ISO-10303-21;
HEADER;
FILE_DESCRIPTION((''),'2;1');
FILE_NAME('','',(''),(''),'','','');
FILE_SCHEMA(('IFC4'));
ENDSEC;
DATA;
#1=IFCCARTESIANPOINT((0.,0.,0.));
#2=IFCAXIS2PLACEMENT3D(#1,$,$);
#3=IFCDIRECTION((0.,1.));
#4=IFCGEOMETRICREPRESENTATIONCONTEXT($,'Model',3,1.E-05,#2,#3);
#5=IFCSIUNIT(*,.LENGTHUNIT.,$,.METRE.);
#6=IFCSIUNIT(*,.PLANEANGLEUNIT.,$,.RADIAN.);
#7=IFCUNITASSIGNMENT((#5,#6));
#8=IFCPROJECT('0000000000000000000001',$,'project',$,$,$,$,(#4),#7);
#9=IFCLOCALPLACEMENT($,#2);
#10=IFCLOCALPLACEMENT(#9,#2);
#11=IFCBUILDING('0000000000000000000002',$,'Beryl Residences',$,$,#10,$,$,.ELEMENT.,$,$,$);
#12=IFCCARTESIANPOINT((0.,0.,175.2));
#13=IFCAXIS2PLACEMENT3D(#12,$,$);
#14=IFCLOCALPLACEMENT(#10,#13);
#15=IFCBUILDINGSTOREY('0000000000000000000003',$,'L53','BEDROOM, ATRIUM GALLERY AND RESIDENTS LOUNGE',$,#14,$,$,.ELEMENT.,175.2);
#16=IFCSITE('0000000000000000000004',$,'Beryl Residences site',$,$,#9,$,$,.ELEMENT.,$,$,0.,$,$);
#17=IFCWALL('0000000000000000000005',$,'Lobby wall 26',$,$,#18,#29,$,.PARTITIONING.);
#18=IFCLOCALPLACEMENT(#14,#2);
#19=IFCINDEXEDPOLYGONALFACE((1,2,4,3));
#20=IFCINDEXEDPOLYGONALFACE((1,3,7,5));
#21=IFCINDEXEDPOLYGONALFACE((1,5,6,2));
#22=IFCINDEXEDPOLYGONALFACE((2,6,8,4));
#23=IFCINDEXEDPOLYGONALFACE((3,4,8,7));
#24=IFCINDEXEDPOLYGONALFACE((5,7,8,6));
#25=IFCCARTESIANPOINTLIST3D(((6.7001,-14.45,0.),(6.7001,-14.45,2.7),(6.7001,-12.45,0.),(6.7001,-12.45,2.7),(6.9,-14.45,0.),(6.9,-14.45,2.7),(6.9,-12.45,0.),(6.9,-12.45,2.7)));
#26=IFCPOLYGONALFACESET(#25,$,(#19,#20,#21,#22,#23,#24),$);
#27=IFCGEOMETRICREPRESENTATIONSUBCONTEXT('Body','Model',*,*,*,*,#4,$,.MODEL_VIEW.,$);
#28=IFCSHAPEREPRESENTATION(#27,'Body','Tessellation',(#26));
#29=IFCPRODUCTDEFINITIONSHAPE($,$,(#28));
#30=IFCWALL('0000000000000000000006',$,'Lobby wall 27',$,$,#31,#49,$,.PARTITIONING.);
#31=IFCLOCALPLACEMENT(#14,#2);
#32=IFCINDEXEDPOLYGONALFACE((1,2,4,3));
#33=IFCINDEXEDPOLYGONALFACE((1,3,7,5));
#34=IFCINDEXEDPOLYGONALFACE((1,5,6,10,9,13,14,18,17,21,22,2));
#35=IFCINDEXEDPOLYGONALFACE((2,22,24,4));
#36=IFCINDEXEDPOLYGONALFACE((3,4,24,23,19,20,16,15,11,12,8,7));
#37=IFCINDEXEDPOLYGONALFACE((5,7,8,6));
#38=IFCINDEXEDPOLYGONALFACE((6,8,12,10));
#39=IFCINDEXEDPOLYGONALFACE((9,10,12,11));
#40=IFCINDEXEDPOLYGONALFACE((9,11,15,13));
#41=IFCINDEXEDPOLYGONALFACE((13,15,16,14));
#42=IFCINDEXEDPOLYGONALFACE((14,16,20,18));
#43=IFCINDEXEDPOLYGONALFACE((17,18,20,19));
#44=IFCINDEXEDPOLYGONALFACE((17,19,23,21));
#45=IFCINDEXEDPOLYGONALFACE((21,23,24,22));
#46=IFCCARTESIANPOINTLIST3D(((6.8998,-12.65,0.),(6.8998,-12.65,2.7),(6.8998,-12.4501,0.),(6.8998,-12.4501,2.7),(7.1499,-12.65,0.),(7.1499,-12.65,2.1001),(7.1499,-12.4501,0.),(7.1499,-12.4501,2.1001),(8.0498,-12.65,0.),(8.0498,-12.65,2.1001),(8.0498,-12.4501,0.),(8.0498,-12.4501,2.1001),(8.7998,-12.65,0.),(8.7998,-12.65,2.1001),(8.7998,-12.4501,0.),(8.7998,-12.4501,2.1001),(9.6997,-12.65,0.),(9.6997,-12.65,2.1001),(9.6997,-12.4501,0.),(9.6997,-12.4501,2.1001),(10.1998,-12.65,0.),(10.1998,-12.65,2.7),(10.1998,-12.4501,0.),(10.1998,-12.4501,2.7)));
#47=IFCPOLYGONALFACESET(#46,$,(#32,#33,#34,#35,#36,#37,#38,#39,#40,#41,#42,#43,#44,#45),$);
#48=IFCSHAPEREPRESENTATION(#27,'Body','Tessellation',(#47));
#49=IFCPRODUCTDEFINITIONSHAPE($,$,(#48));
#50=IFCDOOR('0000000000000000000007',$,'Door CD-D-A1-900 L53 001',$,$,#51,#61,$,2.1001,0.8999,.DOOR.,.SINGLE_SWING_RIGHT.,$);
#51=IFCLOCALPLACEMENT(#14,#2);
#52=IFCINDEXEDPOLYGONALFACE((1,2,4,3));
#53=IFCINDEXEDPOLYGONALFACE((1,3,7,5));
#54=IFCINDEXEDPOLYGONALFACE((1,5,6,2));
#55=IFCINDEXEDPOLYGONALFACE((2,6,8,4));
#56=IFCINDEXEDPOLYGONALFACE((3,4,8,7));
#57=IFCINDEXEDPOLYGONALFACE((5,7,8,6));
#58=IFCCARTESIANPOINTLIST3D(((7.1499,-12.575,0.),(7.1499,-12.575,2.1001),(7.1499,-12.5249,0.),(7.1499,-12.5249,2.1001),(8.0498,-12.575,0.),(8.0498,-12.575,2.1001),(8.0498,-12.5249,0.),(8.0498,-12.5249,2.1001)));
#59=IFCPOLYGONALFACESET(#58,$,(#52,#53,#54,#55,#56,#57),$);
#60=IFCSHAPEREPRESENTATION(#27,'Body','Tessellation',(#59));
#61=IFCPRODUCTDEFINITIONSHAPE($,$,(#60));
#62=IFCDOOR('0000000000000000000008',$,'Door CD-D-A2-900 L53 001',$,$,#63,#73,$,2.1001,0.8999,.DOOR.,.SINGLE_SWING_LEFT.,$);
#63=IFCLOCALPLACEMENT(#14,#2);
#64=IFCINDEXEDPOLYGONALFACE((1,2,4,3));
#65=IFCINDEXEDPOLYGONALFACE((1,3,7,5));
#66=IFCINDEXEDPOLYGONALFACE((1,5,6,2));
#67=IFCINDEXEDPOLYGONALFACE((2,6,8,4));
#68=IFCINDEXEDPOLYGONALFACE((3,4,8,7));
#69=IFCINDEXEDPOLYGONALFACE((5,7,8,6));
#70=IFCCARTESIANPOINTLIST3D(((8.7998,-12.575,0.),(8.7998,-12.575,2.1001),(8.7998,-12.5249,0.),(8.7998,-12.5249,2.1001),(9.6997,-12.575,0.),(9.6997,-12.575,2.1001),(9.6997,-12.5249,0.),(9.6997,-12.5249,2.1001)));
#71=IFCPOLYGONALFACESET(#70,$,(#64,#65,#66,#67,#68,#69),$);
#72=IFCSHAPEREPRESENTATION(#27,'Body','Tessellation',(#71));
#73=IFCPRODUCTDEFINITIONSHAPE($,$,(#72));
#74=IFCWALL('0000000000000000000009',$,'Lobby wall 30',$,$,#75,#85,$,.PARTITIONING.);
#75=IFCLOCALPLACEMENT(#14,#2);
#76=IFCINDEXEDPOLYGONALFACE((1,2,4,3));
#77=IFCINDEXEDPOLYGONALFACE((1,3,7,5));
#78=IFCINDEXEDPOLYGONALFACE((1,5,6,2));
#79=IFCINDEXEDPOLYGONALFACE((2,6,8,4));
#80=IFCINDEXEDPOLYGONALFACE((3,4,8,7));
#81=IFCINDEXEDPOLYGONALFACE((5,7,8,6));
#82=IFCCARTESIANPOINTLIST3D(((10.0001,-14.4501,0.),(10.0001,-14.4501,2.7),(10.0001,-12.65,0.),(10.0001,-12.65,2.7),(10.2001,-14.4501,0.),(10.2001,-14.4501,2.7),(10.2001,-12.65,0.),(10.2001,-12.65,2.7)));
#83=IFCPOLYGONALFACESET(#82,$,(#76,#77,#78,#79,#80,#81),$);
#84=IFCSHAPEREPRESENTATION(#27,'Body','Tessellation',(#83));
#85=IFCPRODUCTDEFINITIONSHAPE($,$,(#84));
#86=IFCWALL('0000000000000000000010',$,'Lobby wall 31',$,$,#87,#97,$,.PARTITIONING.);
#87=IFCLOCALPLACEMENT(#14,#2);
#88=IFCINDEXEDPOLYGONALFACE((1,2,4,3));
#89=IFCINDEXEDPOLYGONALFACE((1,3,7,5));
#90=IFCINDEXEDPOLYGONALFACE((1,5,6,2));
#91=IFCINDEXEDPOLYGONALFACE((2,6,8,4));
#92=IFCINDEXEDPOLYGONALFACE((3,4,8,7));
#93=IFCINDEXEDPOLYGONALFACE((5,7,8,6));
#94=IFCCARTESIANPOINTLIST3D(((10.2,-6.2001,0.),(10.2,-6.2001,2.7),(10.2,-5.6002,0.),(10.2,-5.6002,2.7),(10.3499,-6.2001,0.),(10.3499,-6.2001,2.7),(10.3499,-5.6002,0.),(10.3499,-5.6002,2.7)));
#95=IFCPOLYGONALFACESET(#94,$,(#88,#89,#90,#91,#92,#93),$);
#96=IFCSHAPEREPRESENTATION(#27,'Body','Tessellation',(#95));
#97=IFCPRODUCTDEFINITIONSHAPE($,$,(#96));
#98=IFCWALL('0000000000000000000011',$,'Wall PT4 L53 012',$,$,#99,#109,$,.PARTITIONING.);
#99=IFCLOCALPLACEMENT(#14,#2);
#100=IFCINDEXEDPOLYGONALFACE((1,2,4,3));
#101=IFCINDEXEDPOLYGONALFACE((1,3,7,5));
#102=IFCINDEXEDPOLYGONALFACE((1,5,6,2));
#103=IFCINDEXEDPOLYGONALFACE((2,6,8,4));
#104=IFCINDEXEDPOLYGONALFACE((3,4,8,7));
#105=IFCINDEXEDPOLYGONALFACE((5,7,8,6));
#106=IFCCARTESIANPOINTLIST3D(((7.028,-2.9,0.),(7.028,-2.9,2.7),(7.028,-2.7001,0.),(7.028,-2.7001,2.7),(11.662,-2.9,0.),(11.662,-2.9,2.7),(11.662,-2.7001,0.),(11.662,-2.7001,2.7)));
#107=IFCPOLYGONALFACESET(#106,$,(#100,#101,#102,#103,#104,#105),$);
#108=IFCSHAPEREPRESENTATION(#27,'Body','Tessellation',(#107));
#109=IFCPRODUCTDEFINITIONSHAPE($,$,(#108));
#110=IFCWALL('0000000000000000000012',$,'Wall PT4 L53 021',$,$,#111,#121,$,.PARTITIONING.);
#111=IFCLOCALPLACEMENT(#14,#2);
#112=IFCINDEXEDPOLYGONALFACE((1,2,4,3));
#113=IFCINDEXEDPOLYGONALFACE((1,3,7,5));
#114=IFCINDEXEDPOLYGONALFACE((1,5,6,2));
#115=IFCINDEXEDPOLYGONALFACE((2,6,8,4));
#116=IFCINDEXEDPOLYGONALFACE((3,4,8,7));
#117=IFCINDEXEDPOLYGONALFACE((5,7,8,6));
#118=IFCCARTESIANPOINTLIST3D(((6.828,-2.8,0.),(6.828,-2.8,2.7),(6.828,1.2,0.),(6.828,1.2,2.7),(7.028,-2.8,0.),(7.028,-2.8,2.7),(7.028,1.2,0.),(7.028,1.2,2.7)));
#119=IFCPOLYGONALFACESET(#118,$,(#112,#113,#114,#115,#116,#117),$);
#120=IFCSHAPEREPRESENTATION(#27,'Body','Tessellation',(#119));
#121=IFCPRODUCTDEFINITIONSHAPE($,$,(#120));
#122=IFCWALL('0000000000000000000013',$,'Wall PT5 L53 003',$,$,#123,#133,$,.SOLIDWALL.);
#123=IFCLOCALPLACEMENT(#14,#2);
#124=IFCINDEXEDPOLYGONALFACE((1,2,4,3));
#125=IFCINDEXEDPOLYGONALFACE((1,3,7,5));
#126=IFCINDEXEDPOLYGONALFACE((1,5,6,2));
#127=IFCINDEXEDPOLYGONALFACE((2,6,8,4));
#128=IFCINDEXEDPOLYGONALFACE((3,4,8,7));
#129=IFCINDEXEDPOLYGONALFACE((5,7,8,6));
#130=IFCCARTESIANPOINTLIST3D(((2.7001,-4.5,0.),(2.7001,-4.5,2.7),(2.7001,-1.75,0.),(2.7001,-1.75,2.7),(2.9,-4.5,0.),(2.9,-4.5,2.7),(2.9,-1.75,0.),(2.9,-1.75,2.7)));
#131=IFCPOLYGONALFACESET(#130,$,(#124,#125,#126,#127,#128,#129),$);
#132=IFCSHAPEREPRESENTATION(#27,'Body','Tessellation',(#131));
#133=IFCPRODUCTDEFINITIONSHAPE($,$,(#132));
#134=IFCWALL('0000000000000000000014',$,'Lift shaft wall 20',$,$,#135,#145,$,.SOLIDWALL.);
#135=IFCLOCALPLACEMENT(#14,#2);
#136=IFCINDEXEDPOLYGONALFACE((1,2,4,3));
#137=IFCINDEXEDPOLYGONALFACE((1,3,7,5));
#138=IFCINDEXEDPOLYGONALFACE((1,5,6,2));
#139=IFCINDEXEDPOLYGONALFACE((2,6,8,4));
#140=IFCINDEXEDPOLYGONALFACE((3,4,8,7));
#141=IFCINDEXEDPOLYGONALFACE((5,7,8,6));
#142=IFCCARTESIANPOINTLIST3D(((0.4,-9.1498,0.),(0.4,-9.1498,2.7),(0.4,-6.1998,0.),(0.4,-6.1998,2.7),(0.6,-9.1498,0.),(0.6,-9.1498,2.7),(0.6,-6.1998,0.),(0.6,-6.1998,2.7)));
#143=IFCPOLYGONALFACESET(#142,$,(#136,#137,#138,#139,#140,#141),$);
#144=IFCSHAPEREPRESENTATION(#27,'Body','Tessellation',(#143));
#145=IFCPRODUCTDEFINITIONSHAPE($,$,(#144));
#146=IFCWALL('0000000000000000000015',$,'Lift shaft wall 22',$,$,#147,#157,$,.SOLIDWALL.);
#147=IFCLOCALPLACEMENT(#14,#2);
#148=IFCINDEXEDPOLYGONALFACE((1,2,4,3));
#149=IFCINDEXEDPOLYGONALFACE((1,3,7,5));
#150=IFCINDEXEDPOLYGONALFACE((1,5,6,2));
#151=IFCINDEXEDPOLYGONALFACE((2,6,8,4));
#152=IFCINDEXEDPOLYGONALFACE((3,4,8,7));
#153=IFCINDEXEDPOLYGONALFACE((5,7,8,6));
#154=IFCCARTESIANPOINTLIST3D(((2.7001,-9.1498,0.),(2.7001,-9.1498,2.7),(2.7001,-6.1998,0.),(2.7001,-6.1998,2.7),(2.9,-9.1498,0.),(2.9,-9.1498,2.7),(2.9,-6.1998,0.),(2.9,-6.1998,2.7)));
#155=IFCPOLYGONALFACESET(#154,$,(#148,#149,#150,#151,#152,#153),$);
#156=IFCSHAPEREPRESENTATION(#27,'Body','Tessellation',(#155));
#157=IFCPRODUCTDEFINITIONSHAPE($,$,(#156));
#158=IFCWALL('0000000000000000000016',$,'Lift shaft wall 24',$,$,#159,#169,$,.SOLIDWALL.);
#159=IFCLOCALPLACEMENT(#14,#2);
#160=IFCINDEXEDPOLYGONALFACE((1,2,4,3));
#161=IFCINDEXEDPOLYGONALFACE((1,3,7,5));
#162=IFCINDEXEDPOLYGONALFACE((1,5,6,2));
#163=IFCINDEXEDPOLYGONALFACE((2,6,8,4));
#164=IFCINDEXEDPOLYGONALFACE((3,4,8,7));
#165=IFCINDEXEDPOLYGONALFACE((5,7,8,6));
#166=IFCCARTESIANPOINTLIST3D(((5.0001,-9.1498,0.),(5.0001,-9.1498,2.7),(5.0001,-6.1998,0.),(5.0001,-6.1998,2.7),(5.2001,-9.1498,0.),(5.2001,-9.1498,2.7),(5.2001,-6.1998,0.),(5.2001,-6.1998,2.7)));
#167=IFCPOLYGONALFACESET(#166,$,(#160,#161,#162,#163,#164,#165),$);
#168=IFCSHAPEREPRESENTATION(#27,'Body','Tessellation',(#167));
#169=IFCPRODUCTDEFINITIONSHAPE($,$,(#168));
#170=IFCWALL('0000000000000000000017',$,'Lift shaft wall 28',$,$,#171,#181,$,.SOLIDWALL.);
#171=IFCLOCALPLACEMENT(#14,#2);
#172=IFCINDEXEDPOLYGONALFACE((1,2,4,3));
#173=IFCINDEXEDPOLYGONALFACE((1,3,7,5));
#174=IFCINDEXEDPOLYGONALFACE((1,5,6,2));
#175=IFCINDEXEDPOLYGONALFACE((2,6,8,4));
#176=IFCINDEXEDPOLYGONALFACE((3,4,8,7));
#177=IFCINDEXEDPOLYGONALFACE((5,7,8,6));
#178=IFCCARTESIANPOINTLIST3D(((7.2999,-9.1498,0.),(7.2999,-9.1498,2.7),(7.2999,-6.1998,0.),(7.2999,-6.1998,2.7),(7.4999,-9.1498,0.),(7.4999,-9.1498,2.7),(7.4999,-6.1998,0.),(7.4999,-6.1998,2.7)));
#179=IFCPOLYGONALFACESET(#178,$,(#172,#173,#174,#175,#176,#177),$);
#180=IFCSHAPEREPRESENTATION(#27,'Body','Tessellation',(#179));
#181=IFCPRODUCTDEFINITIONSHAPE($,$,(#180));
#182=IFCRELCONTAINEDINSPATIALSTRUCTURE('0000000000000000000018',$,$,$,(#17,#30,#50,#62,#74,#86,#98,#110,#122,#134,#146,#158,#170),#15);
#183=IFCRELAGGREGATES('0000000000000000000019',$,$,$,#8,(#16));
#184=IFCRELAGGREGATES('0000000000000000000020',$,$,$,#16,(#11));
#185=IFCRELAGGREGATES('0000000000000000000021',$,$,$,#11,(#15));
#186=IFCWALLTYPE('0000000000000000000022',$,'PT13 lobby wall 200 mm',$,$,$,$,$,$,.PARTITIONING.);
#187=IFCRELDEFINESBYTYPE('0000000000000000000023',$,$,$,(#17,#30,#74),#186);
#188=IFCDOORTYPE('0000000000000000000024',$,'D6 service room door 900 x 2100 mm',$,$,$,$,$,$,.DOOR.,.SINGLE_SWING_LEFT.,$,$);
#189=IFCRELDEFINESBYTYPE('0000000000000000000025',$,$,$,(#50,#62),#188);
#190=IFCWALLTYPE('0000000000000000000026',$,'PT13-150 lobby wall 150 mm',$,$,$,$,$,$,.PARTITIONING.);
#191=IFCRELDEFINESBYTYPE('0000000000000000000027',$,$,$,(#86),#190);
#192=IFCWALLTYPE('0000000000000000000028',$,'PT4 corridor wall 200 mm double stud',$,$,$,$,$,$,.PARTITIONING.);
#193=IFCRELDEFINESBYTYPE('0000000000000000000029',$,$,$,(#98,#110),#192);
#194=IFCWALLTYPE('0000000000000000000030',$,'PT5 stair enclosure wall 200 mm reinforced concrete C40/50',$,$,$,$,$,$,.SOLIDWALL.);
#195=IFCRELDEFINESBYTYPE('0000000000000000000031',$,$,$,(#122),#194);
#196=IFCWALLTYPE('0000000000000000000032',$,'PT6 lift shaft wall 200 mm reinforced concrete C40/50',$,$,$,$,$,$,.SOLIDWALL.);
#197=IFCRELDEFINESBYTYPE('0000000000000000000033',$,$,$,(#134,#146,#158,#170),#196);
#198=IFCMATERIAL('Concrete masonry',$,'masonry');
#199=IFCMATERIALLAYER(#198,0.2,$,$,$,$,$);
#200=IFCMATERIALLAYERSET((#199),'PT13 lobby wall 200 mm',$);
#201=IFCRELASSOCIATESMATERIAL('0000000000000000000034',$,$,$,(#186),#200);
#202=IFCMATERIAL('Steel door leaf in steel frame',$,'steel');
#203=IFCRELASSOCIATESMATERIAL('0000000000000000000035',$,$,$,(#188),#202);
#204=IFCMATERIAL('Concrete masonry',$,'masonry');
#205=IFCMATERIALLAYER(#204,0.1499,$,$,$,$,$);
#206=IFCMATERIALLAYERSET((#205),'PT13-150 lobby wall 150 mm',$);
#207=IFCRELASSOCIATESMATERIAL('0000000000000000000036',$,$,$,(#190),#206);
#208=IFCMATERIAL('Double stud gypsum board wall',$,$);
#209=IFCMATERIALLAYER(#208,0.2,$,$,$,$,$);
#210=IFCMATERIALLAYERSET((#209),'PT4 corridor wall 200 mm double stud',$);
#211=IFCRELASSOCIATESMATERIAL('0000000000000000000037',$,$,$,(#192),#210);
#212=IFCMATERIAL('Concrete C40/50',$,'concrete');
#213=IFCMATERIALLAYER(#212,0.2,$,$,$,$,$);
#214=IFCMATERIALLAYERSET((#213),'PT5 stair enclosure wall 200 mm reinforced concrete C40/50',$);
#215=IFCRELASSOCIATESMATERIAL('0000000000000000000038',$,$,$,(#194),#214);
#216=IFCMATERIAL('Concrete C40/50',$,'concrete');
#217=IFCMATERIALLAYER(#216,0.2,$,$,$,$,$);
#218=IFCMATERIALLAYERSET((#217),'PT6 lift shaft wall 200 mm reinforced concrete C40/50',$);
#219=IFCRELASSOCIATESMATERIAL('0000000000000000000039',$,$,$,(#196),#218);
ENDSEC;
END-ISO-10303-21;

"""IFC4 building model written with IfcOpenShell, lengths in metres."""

from ifc_helpers import new_model, si_unit, direction, frame, frame_2d, origin, place, context, subcontext, project, spatial, rectangle, extrude, material, layer, layer_set, type_object, element, fill, save


model = new_model("IFC4")

# Units and contexts
model_context = context("Model", 3, precision=1e-05, world=origin(), true_north=direction((0.0, 1.0)))
body_context = subcontext(model_context, "Body", "Model", "MODEL_VIEW")
ifc_project = project(units=[si_unit("LENGTHUNIT", "METRE"), si_unit("PLANEANGLEUNIT", "RADIAN")], contexts=[model_context])

# Site, building, storey
site_placement = place(None, origin())
site = spatial("IfcSite", under=ifc_project, at=site_placement, Name="Beryl Residences site", CompositionType="ELEMENT", RefElevation=0.0)
building_placement = place(site_placement, origin())
building = spatial("IfcBuilding", under=site, at=building_placement, Name="Beryl Residences", CompositionType="ELEMENT")
storey_placement = place(building_placement, frame((0.0, 0.0, 175.2)))
storey = spatial("IfcBuildingStorey", under=building, at=storey_placement, Name="L53", Description="BEDROOM, ATRIUM GALLERY AND RESIDENTS LOUNGE", CompositionType="ELEMENT", Elevation=175.2)

# Wall
ifc_material_1 = material(Name="Concrete masonry", Category="masonry")
ifc_layer_1 = layer(ifc_material_1, 0.2)
ifc_layer_set_1 = layer_set([ifc_layer_1], Name="PT13 lobby wall 200 mm")
wall_type_1 = type_object("IfcWallType", Name="PT13 lobby wall 200 mm", PredefinedType="PARTITIONING", material=ifc_layer_set_1)
wall_1_placement = place(storey_placement, frame((6.8, -14.45, 0.0), z_axis=(0.0, 0.0, 1.0), x_axis=(0.0, 1.0, 0.0)))
element("IfcWall", 1, at=wall_1_placement, inside=storey, type_object=wall_type_1, Name="Lobby wall 26", PredefinedType="PARTITIONING", context=body_context, shape_type="SweptSolid", body=[
    extrude(rectangle(XDim=2.0, YDim=0.2, at=frame_2d((1.0, 0.0))), origin(), (0.0, 0.0, 1.0), 2.7),
])

# Wall, openings, doors
wall_2_placement = place(storey_placement, frame((6.8999, -12.55, 0.0), z_axis=(0.0, 0.0, 1.0), x_axis=(1.0, 0.0, 0.0)))
wall_2 = element("IfcWall", 2, at=wall_2_placement, inside=storey, type_object=wall_type_1, Name="Lobby wall 27", PredefinedType="PARTITIONING", context=body_context, shape_type="SweptSolid", body=[
    extrude(rectangle(XDim=3.3, YDim=0.2, at=frame_2d((1.6499, 0.0))), origin(), (0.0, 0.0, 1.0), 2.7),
])
opening_1_placement = place(wall_2_placement, frame((1.1499, 0.0, 0.0), z_axis=(0.0, 0.0, 1.0), x_axis=(-1.0, 0.0, 0.0)))
opening_1 = element("IfcOpeningElement", 3, at=opening_1_placement, cuts=wall_2, PredefinedType="OPENING", context=body_context, shape_type="SweptSolid", body=[
    extrude(rectangle(XDim=0.8999, YDim=2.1001, at=frame_2d((0.45, 1.05))), frame((0.0, 0.1099, 0.0), z_axis=(0.0, -1.0, 0.0), x_axis=(1.0, 0.0, 0.0)), (0.0, 0.0, 1.0), 0.22),
])
opening_2_placement = place(wall_2_placement, frame((2.7998, 0.0, 0.0), z_axis=(0.0, 0.0, 1.0), x_axis=(-1.0, 0.0, 0.0)))
opening_2 = element("IfcOpeningElement", 4, at=opening_2_placement, cuts=wall_2, PredefinedType="OPENING", context=body_context, shape_type="SweptSolid", body=[
    extrude(rectangle(XDim=0.8999, YDim=2.1001, at=frame_2d((0.45, 1.05))), frame((0.0, 0.1099, 0.0), z_axis=(0.0, -1.0, 0.0), x_axis=(1.0, 0.0, 0.0)), (0.0, 0.0, 1.0), 0.22),
])
ifc_material_2 = material(Name="Steel door leaf in steel frame", Category="steel")
door_type = type_object("IfcDoorType", Name="D6 service room door 900 x 2100 mm", OperationType="SINGLE_SWING_LEFT", PredefinedType="DOOR", material=ifc_material_2)
door_1_placement = place(opening_1_placement, origin())
door_1 = element("IfcDoor", 5, at=door_1_placement, inside=storey, type_object=door_type, Name="Door CD-D-A1-900 L53 001", OperationType="SINGLE_SWING_RIGHT", OverallHeight=2.1001, OverallWidth=0.8999, PredefinedType="DOOR", context=body_context, shape_type="SweptSolid", body=[
    extrude(rectangle(XDim=0.8999, YDim=2.1001, at=frame_2d((0.45, 1.05))), frame((0.0, 0.0249, 0.0), z_axis=(0.0, -1.0, 0.0), x_axis=(1.0, 0.0, 0.0)), (0.0, 0.0, 1.0), 0.05),
])
fill(opening_1, door_1)
door_2_placement = place(opening_2_placement, origin())
door_2 = element("IfcDoor", 6, at=door_2_placement, inside=storey, type_object=door_type, Name="Door CD-D-A2-900 L53 001", OperationType="SINGLE_SWING_LEFT", OverallHeight=2.1001, OverallWidth=0.8999, PredefinedType="DOOR", context=body_context, shape_type="SweptSolid", body=[
    extrude(rectangle(XDim=0.8999, YDim=2.1001, at=frame_2d((0.45, 1.05))), frame((0.0, 0.0249, 0.0), z_axis=(0.0, -1.0, 0.0), x_axis=(1.0, 0.0, 0.0)), (0.0, 0.0, 1.0), 0.05),
])
fill(opening_2, door_2)

# Walls
wall_3_placement = place(storey_placement, frame((10.1001, -14.45, 0.0), z_axis=(0.0, 0.0, 1.0), x_axis=(0.0, 1.0, 0.0)))
element("IfcWall", 7, at=wall_3_placement, inside=storey, type_object=wall_type_1, Name="Lobby wall 30", PredefinedType="PARTITIONING", context=body_context, shape_type="SweptSolid", body=[
    extrude(rectangle(XDim=1.8, YDim=0.2, at=frame_2d((0.8999, 0.0))), origin(), (0.0, 0.0, 1.0), 2.7),
])
ifc_material_3 = material(Name="Concrete masonry", Category="masonry")
ifc_layer_2 = layer(ifc_material_3, 0.1499)
ifc_layer_set_2 = layer_set([ifc_layer_2], Name="PT13-150 lobby wall 150 mm")
wall_type_2 = type_object("IfcWallType", Name="PT13-150 lobby wall 150 mm", PredefinedType="PARTITIONING", material=ifc_layer_set_2)
wall_4_placement = place(storey_placement, frame((10.2749, -6.2, 0.0), z_axis=(0.0, 0.0, 1.0), x_axis=(0.0, 1.0, 0.0)))
element("IfcWall", 8, at=wall_4_placement, inside=storey, type_object=wall_type_2, Name="Lobby wall 31", PredefinedType="PARTITIONING", context=body_context, shape_type="SweptSolid", body=[
    extrude(rectangle(XDim=0.5999, YDim=0.1499, at=frame_2d((0.2998, 0.0))), origin(), (0.0, 0.0, 1.0), 2.7),
])
ifc_material_4 = material(Name="Double stud gypsum board wall")
ifc_layer_3 = layer(ifc_material_4, 0.2)
ifc_layer_set_3 = layer_set([ifc_layer_3], Name="PT4 corridor wall 200 mm double stud")
wall_type_3 = type_object("IfcWallType", Name="PT4 corridor wall 200 mm double stud", PredefinedType="PARTITIONING", material=ifc_layer_set_3)
wall_5_placement = place(storey_placement, frame((7.0281, -2.8, 0.0), z_axis=(0.0, 0.0, 1.0), x_axis=(1.0, 0.0, 0.0)))
element("IfcWall", 9, at=wall_5_placement, inside=storey, type_object=wall_type_3, Name="Wall PT4 L53 012", PredefinedType="PARTITIONING", context=body_context, shape_type="SweptSolid", body=[
    extrude(rectangle(XDim=4.634, YDim=0.2, at=frame_2d((2.3169, 0.0))), origin(), (0.0, 0.0, 1.0), 2.7),
])
wall_6_placement = place(storey_placement, frame((6.928, -2.8, 0.0), z_axis=(0.0, 0.0, 1.0), x_axis=(0.0, 1.0, 0.0)))
element("IfcWall", 10, at=wall_6_placement, inside=storey, type_object=wall_type_3, Name="Wall PT4 L53 021", PredefinedType="PARTITIONING", context=body_context, shape_type="SweptSolid", body=[
    extrude(rectangle(XDim=4.0, YDim=0.2, at=frame_2d((2.0, 0.0))), origin(), (0.0, 0.0, 1.0), 2.7),
])
ifc_material_5 = material(Name="Concrete C40/50", Category="concrete")
ifc_layer_4 = layer(ifc_material_5, 0.2)
ifc_layer_set_4 = layer_set([ifc_layer_4], Name="PT5 stair enclosure wall 200 mm reinforced concrete C40/50")
wall_type_4 = type_object("IfcWallType", Name="PT5 stair enclosure wall 200 mm reinforced concrete C40/50", PredefinedType="SOLIDWALL", material=ifc_layer_set_4)
wall_7_placement = place(storey_placement, frame((2.8, -4.5, 0.0), z_axis=(0.0, 0.0, 1.0), x_axis=(0.0, 1.0, 0.0)))
element("IfcWall", 11, at=wall_7_placement, inside=storey, type_object=wall_type_4, Name="Wall PT5 L53 003", PredefinedType="SOLIDWALL", context=body_context, shape_type="SweptSolid", body=[
    extrude(rectangle(XDim=2.75, YDim=0.2, at=frame_2d((1.375, 0.0))), origin(), (0.0, 0.0, 1.0), 2.7),
])
ifc_material_6 = material(Name="Concrete C40/50", Category="concrete")
ifc_layer_5 = layer(ifc_material_6, 0.2)
ifc_layer_set_5 = layer_set([ifc_layer_5], Name="PT6 lift shaft wall 200 mm reinforced concrete C40/50")
wall_type_5 = type_object("IfcWallType", Name="PT6 lift shaft wall 200 mm reinforced concrete C40/50", PredefinedType="SOLIDWALL", material=ifc_layer_set_5)
for number, where, z_axis, x_axis, name in (
    (12, (0.5, -9.1499, 0.0), (0.0, 0.0, 1.0), (0.0, 1.0, 0.0), "Lift shaft wall 20"),
    (13, (2.8, -9.1499, 0.0), (0.0, 0.0, 1.0), (0.0, 1.0, 0.0), "Lift shaft wall 22"),
    (14, (5.1001, -9.1499, 0.0), (0.0, 0.0, 1.0), (0.0, 1.0, 0.0), "Lift shaft wall 24"),
    (15, (7.3999, -9.1499, 0.0), (0.0, 0.0, 1.0), (0.0, 1.0, 0.0), "Lift shaft wall 28"),
):
    element("IfcWall", number, at=place(storey_placement, frame(where, z_axis=z_axis, x_axis=x_axis)), inside=storey, type_object=wall_type_5, Name=name, PredefinedType="SOLIDWALL", context=body_context, shape_type="SweptSolid", body=[
        extrude(rectangle(XDim=2.95, YDim=0.2, at=frame_2d((1.4751, 0.0))), origin(), (0.0, 0.0, 1.0), 2.7),
    ])

save(model, "model.ifc")
